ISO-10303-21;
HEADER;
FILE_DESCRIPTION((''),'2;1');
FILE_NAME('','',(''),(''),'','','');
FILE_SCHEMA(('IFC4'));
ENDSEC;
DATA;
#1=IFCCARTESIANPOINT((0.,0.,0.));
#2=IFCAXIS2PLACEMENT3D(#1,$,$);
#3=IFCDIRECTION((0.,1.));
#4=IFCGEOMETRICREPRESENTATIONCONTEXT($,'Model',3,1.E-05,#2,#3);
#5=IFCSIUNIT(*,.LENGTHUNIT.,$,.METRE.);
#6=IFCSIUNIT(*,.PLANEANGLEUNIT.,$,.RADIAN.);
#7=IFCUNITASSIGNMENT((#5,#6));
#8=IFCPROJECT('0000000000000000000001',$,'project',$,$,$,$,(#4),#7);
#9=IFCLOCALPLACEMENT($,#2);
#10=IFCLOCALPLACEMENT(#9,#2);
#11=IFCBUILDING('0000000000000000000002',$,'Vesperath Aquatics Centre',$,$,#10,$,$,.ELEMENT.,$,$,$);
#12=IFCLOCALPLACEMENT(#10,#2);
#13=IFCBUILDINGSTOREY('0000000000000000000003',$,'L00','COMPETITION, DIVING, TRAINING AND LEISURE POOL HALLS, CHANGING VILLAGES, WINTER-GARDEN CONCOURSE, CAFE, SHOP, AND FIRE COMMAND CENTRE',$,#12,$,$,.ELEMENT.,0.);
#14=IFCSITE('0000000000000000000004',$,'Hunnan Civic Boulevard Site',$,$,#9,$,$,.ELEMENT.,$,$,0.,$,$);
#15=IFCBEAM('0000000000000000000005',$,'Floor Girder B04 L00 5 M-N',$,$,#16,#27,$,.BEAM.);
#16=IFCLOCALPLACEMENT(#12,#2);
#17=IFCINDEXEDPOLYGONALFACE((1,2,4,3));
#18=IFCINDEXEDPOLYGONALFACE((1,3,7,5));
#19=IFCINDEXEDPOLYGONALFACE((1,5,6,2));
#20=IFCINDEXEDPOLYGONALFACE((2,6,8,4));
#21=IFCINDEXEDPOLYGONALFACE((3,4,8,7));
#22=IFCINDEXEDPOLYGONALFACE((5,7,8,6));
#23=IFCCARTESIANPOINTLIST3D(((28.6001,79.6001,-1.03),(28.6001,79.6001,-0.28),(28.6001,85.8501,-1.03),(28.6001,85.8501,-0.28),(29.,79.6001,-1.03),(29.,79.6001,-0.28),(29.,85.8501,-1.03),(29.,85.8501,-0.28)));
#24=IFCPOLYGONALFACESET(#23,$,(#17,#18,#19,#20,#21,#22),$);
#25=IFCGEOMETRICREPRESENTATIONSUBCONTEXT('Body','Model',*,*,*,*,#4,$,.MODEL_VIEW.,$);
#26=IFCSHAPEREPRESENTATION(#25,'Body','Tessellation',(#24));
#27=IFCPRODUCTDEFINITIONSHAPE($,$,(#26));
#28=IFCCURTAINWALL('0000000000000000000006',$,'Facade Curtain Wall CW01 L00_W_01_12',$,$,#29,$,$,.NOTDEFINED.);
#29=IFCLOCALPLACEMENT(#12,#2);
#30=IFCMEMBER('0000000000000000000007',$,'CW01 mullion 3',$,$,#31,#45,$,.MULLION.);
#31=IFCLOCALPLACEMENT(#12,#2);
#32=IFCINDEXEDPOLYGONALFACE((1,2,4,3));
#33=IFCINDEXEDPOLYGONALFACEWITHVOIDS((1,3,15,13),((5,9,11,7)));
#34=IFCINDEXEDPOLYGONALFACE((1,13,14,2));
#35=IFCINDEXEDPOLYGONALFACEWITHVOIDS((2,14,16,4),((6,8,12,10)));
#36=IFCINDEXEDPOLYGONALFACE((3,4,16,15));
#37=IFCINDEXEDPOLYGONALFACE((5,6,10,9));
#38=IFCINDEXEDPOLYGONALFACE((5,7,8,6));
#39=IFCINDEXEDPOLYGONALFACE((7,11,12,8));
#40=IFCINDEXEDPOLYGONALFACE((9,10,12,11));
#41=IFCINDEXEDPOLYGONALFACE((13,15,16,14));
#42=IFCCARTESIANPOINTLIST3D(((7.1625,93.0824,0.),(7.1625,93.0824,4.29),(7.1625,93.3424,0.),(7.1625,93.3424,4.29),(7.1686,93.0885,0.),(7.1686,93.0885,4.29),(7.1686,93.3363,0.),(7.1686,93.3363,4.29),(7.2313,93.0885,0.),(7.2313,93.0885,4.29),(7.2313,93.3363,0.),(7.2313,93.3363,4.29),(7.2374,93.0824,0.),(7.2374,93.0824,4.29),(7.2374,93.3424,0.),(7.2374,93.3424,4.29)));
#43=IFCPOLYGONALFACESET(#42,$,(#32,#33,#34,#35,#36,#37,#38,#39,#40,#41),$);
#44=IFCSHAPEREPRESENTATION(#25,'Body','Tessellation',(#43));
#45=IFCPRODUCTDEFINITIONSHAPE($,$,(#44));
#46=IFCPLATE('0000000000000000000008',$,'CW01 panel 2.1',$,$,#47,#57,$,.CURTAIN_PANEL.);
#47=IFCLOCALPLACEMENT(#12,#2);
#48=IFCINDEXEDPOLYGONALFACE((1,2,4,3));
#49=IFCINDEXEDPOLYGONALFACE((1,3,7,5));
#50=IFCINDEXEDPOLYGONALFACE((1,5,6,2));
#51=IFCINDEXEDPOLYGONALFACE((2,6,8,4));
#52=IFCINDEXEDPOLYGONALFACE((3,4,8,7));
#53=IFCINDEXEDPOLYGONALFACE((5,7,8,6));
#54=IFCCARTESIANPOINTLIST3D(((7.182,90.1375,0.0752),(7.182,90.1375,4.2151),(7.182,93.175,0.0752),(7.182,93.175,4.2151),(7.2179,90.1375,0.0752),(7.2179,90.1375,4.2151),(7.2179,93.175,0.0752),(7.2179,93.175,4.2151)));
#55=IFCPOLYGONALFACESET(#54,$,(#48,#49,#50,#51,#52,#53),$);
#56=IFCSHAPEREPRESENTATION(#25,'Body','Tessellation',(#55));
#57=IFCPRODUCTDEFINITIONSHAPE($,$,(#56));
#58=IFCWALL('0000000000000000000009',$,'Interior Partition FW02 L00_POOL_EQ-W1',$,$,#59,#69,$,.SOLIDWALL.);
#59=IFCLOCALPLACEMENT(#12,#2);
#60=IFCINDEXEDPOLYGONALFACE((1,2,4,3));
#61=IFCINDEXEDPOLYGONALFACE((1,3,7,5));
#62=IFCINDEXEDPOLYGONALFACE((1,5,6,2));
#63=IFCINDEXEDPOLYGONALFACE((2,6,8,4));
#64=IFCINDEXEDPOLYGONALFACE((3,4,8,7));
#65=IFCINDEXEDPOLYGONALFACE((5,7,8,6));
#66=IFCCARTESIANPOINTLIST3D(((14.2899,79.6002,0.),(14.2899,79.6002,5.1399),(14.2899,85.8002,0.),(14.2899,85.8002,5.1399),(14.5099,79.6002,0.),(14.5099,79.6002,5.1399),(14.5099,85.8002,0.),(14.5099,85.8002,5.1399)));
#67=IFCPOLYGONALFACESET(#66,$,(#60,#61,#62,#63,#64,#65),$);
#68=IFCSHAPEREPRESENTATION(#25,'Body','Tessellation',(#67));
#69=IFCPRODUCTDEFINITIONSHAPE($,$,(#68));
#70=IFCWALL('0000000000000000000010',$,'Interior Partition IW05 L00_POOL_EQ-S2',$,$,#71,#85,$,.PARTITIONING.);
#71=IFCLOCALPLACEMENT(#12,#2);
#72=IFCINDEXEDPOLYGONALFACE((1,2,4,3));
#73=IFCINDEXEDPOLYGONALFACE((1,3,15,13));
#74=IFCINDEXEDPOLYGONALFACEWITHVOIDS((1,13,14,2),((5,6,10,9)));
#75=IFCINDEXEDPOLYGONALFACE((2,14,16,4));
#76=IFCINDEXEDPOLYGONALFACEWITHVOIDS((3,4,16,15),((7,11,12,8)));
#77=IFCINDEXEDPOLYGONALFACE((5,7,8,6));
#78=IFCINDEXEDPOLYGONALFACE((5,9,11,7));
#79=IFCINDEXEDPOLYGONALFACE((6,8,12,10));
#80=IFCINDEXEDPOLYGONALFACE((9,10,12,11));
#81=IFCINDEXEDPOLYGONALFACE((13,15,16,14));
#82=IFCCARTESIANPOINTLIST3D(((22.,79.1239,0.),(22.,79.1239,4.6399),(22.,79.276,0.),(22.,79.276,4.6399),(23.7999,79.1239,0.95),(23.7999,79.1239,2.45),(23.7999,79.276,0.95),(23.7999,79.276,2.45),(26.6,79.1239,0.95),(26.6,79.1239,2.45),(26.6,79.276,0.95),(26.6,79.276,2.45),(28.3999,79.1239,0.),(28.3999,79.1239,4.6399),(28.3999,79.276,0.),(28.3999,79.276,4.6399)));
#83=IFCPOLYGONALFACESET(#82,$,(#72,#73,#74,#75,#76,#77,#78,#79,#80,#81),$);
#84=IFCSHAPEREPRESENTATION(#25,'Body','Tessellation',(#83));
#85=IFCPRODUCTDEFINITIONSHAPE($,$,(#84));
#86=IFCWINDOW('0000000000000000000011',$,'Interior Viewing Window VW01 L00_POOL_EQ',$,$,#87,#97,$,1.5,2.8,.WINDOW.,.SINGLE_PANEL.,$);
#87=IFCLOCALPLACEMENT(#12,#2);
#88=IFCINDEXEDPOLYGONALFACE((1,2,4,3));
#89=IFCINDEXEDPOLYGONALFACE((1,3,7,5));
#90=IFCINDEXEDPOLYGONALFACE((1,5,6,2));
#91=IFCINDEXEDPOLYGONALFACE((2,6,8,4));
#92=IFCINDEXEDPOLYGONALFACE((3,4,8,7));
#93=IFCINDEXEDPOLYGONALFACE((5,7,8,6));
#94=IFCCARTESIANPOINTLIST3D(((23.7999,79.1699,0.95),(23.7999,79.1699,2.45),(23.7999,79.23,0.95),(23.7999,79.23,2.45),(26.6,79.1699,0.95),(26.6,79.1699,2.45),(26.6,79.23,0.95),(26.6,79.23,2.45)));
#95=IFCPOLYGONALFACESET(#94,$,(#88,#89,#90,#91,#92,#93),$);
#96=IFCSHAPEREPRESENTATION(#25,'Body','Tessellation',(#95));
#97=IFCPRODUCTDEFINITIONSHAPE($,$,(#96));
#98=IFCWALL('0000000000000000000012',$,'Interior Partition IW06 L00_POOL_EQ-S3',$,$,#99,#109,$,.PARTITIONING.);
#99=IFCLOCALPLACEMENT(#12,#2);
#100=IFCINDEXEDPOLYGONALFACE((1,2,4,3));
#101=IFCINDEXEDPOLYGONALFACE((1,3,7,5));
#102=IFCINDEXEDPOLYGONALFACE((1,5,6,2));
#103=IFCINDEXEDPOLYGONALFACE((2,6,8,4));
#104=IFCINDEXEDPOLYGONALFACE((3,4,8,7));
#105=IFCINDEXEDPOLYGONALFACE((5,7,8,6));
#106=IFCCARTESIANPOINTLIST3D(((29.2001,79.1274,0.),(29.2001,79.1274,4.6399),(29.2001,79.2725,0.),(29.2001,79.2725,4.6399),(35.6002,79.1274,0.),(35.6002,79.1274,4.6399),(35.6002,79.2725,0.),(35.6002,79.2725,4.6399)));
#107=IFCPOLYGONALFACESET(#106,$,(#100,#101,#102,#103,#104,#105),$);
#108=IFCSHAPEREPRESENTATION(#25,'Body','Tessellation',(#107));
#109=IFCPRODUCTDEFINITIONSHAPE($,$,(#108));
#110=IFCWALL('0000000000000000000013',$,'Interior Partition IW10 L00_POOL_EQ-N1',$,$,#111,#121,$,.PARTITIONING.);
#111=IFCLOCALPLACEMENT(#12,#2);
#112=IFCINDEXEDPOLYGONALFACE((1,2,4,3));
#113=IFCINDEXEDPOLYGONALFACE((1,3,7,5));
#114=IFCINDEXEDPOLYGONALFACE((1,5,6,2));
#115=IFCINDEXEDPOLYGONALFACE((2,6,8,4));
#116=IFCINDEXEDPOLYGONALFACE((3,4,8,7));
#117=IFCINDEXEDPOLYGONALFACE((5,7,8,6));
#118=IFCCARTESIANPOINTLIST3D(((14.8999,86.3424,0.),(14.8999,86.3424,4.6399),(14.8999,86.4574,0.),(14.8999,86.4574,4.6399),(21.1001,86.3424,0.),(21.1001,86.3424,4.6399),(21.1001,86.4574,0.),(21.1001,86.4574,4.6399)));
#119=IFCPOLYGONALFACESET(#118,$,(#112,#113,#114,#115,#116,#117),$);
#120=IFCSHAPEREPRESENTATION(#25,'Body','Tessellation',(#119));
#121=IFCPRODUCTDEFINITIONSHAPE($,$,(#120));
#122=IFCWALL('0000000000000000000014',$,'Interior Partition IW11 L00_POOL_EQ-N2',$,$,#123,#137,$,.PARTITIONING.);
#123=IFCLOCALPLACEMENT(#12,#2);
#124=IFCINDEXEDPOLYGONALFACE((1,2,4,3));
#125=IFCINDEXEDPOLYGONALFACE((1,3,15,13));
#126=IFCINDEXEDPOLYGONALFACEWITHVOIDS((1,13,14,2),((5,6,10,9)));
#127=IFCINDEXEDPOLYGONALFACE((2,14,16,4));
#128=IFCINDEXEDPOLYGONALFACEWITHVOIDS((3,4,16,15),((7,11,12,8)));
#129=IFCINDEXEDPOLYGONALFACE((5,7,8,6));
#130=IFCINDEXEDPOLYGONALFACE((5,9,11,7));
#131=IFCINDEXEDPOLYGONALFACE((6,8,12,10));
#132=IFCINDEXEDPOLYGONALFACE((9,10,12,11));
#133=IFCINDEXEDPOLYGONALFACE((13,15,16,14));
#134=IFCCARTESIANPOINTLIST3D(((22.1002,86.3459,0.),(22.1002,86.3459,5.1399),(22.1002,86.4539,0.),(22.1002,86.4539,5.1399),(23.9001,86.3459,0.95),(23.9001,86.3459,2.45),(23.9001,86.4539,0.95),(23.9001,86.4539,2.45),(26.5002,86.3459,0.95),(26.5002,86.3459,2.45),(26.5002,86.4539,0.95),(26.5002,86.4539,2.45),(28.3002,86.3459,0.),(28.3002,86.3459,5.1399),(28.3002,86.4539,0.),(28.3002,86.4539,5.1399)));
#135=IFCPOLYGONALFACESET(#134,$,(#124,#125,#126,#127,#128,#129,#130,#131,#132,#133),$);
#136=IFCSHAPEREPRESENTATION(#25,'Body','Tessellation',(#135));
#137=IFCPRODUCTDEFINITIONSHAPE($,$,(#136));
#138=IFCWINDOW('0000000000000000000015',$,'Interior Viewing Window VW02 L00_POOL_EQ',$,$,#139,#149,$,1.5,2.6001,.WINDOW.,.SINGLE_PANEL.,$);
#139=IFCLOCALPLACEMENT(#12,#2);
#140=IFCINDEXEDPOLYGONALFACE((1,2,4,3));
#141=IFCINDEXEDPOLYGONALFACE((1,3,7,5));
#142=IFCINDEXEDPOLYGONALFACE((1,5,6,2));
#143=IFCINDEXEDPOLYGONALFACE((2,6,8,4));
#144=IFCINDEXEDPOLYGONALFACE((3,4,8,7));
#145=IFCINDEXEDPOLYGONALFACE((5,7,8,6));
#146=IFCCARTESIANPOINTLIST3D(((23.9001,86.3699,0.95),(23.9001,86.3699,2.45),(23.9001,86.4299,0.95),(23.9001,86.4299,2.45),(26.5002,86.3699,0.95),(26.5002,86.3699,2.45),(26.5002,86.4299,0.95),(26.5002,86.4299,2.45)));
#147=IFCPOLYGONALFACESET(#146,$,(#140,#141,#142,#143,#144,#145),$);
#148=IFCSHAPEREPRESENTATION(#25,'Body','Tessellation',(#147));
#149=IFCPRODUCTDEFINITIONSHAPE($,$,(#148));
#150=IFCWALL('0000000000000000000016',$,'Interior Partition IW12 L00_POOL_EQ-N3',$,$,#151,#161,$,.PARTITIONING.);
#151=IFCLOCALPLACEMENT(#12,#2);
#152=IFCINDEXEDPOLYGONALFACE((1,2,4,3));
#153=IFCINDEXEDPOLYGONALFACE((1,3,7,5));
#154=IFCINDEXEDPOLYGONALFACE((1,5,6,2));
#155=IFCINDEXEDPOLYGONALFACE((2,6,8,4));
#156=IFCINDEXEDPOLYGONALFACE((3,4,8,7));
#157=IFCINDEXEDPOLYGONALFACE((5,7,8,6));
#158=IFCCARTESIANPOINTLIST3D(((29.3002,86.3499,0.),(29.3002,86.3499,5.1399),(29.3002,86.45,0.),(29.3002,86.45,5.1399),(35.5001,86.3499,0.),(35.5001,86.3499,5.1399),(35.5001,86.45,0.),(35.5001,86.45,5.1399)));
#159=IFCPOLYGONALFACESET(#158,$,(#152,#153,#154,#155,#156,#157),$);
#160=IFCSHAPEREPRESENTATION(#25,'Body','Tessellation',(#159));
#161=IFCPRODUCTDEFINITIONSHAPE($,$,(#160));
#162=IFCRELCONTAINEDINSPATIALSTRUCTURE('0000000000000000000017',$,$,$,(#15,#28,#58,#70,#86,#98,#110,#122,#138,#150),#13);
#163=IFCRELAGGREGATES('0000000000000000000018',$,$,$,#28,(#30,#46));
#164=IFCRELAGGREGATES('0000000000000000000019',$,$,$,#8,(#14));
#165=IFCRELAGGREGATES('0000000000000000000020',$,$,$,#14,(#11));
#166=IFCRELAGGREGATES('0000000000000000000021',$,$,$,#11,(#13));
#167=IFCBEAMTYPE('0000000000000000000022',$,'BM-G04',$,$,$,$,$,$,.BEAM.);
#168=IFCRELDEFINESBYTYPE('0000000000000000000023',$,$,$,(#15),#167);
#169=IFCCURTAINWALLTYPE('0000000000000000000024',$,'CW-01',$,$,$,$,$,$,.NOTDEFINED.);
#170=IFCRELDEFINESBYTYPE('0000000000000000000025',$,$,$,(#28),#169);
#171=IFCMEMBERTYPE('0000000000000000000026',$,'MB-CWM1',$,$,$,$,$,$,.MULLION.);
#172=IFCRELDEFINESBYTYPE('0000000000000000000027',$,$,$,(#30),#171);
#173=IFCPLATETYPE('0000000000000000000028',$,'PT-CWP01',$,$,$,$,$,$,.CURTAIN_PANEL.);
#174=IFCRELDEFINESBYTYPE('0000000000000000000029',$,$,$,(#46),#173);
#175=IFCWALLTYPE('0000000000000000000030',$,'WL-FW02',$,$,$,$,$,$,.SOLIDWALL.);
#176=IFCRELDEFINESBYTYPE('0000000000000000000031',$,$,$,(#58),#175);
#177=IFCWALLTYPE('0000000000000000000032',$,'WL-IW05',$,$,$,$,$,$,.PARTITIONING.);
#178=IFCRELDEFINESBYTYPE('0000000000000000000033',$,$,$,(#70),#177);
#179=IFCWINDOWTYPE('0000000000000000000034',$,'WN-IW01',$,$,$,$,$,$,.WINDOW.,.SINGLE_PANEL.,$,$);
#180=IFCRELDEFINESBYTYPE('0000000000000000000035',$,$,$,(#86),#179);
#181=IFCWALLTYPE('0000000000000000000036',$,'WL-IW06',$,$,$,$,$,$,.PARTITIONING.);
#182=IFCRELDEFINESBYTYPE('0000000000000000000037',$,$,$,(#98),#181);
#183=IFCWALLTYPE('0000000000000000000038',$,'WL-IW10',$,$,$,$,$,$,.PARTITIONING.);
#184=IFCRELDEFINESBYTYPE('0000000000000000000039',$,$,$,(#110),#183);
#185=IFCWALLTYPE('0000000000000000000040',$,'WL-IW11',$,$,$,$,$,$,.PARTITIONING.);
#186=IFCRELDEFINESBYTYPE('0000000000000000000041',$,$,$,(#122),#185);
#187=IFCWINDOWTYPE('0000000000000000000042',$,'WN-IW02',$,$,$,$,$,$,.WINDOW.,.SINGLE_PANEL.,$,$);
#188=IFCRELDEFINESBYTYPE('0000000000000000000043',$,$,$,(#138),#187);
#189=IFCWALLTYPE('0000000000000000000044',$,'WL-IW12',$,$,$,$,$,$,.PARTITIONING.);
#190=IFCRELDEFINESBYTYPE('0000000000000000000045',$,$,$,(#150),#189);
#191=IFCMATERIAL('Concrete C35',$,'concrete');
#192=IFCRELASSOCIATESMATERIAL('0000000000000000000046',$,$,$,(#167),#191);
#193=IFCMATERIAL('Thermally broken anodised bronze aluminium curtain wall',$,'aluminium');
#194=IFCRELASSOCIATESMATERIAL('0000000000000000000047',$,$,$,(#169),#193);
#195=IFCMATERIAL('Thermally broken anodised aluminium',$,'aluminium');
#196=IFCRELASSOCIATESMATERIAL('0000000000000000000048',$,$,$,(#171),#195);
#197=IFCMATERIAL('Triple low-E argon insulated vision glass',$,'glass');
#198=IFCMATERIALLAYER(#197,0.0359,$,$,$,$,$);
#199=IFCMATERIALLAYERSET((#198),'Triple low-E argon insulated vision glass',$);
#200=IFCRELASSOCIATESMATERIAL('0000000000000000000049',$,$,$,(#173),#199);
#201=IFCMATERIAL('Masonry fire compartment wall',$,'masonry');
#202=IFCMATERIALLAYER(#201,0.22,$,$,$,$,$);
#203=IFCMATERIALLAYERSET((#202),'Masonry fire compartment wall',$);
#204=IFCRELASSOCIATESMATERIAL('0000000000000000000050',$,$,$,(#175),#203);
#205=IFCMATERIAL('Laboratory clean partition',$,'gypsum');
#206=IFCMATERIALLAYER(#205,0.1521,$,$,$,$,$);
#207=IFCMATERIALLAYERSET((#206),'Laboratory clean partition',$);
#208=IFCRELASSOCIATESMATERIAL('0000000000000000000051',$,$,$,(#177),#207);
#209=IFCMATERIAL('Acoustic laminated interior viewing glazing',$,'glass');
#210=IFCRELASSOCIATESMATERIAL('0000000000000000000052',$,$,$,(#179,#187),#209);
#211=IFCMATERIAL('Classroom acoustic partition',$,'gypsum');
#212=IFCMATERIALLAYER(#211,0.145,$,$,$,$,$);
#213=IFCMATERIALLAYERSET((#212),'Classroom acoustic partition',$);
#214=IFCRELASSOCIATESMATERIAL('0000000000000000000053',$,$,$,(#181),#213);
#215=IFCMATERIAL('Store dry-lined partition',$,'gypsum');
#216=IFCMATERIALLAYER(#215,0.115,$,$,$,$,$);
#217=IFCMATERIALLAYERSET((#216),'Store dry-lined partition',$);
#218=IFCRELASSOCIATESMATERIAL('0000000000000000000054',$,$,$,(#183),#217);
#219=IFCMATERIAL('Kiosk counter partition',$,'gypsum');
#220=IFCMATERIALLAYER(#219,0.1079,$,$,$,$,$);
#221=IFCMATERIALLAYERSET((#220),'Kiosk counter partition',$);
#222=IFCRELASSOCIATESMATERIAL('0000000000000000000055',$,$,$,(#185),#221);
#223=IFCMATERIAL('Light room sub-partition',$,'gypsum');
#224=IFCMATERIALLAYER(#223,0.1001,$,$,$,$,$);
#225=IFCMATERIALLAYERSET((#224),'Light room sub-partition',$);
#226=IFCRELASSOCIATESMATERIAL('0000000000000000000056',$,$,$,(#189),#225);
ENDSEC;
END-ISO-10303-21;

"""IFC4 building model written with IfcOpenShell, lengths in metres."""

from ifc_helpers import new_model, si_unit, direction, frame, frame_2d, origin, origin_2d, place, context, subcontext, project, spatial, rectangle, hollow_rectangle, extrude, material, layer, layer_set, material_profile, profile_set, type_object, element, fill, aggregate, save


model = new_model("IFC4")

# Units and contexts
model_context = context("Model", 3, precision=1e-05, world=origin(), true_north=direction((0.0, 1.0)))
body_context = subcontext(model_context, "Body", "Model", "MODEL_VIEW")
ifc_project = project(units=[si_unit("LENGTHUNIT", "METRE"), si_unit("PLANEANGLEUNIT", "RADIAN")], contexts=[model_context])

# Site, building, storey
site_placement = place(None, origin())
site = spatial("IfcSite", under=ifc_project, at=site_placement, Name="Hunnan Civic Boulevard Site", CompositionType="ELEMENT", RefElevation=0.0)
building_placement = place(site_placement, origin())
building = spatial("IfcBuilding", under=site, at=building_placement, Name="Vesperath Aquatics Centre", CompositionType="ELEMENT")
storey_placement = place(building_placement, origin())
storey = spatial("IfcBuildingStorey", under=building, at=storey_placement, Name="L00", Description="COMPETITION, DIVING, TRAINING AND LEISURE POOL HALLS, CHANGING VILLAGES, WINTER-GARDEN CONCOURSE, CAFE, SHOP, AND FIRE COMMAND CENTRE", CompositionType="ELEMENT", Elevation=0.0)

# Beam
ifc_material_1 = material(Name="Concrete C35", Category="concrete")
ifc_material_profile_1 = material_profile(ifc_material_1, rectangle(XDim=0.3999, YDim=0.75, at=origin_2d()), Name="RC 400x750")
ifc_profile_set_1 = profile_set([ifc_material_profile_1], Name="Concrete C35")
beam_type_1 = type_object("IfcBeamType", Name="BM-G04", PredefinedType="BEAM", material=ifc_profile_set_1)
for number, where, z_axis, x_axis, name in (
    (1, (28.8, 79.6001, -0.655), (0.0, 1.0, 0.0), (-1.0, 0.0, 0.0), "Floor Girder B04 L00 5 M-N"),
):
    element("IfcBeam", number, at=place(storey_placement, frame(where, z_axis=z_axis, x_axis=x_axis)), inside=storey, type_object=beam_type_1, Name=name, PredefinedType="BEAM", context=body_context, shape_type="SweptSolid", body=[
        extrude(rectangle(XDim=0.3999, YDim=0.75, at=origin_2d()), origin(), (0.0, 0.0, 1.0), 6.25),
    ])

# Curtain wall, member, plate
ifc_material_2 = material(Name="Thermally broken anodised bronze aluminium curtain wall", Category="aluminium")
curtain_wall_type = type_object("IfcCurtainWallType", Name="CW-01", PredefinedType="NOTDEFINED", material=ifc_material_2)
curtain_wall_placement = place(storey_placement, origin())
curtain_wall = element("IfcCurtainWall", 2, at=curtain_wall_placement, inside=storey, type_object=curtain_wall_type, Name="Facade Curtain Wall CW01 L00_W_01_12", PredefinedType="NOTDEFINED")
ifc_material_3 = material(Name="Thermally broken anodised aluminium", Category="aluminium")
ifc_material_profile_2 = material_profile(ifc_material_3, hollow_rectangle(XDim=0.075, YDim=0.26, WallThickness=0.0061, at=origin_2d()), Name="CWM 75x260x6")
ifc_profile_set_2 = profile_set([ifc_material_profile_2], Name="Thermally broken anodised aluminium")
member_type = type_object("IfcMemberType", Name="MB-CWM1", PredefinedType="MULLION", material=ifc_profile_set_2)
member_placement = place(storey_placement, frame((7.2, 93.2124, 0.0), z_axis=(0.0, 0.0, 1.0), x_axis=(-1.0, 0.0, 0.0)))
member = element("IfcMember", 3, at=member_placement, type_object=member_type, Name="CW01 mullion 3", PredefinedType="MULLION", context=body_context, shape_type="SweptSolid", body=[
    extrude(hollow_rectangle(XDim=0.075, YDim=0.26, WallThickness=0.0061, at=origin_2d()), origin(), (0.0, 0.0, 1.0), 4.29),
])
ifc_material_4 = material(Name="Triple low-E argon insulated vision glass", Category="glass")
ifc_layer_1 = layer(ifc_material_4, 0.0359)
ifc_layer_set_1 = layer_set([ifc_layer_1], Name="Triple low-E argon insulated vision glass")
plate_type = type_object("IfcPlateType", Name="PT-CWP01", PredefinedType="CURTAIN_PANEL", material=ifc_layer_set_1)
plate_placement = place(storey_placement, frame((7.2, 91.6562, 0.0752), z_axis=(0.0, 0.0, 1.0), x_axis=(0.0, 1.0, 0.0)))
plate = element("IfcPlate", 4, at=plate_placement, type_object=plate_type, Name="CW01 panel 2.1", PredefinedType="CURTAIN_PANEL", context=body_context, shape_type="SweptSolid", body=[
    extrude(rectangle(XDim=3.0376, YDim=0.0359, at=origin_2d()), origin(), (0.0, 0.0, 1.0), 4.1399),
])
aggregate(curtain_wall, [member, plate])

# Wall
ifc_material_5 = material(Name="Masonry fire compartment wall", Category="masonry")
ifc_layer_2 = layer(ifc_material_5, 0.22)
ifc_layer_set_2 = layer_set([ifc_layer_2], Name="Masonry fire compartment wall")
wall_type_1 = type_object("IfcWallType", Name="WL-FW02", PredefinedType="SOLIDWALL", material=ifc_layer_set_2)
wall_1_placement = place(storey_placement, frame((14.3999, 79.6001, 0.0), z_axis=(0.0, 0.0, 1.0), x_axis=(0.0, 1.0, 0.0)))
element("IfcWall", 5, at=wall_1_placement, inside=storey, type_object=wall_type_1, Name="Interior Partition FW02 L00_POOL_EQ-W1", PredefinedType="SOLIDWALL", context=body_context, shape_type="SweptSolid", body=[
    extrude(rectangle(XDim=6.2, YDim=0.22, at=frame_2d((3.1001, 0.0))), origin(), (0.0, 0.0, 1.0), 5.1399),
])

# Wall, opening, window
ifc_material_6 = material(Name="Laboratory clean partition", Category="gypsum")
ifc_layer_3 = layer(ifc_material_6, 0.1521)
ifc_layer_set_3 = layer_set([ifc_layer_3], Name="Laboratory clean partition")
wall_type_2 = type_object("IfcWallType", Name="WL-IW05", PredefinedType="PARTITIONING", material=ifc_layer_set_3)
wall_2_placement = place(storey_placement, frame((22.0, 79.2, 0.0), z_axis=(0.0, 0.0, 1.0), x_axis=(1.0, 0.0, 0.0)))
wall_2 = element("IfcWall", 6, at=wall_2_placement, inside=storey, type_object=wall_type_2, Name="Interior Partition IW05 L00_POOL_EQ-S2", PredefinedType="PARTITIONING", context=body_context, shape_type="SweptSolid", body=[
    extrude(rectangle(XDim=6.3999, YDim=0.1521, at=frame_2d((3.2, 0.0))), origin(), (0.0, 0.0, 1.0), 4.6399),
])
opening_1_placement = place(wall_2_placement, frame((1.8, 0.0, 0.95)))
opening_1 = element("IfcOpeningElement", 7, at=opening_1_placement, cuts=wall_2, PredefinedType="OPENING", context=body_context, shape_type="SweptSolid", body=[
    extrude(rectangle(XDim=2.8, YDim=1.5, at=frame_2d((1.3999, 0.75))), frame((0.0, 0.0908, 0.0), z_axis=(0.0, -1.0, 0.0), x_axis=(1.0, 0.0, 0.0)), (0.0, 0.0, 1.0), 0.1819),
])
ifc_material_7 = material(Name="Acoustic laminated interior viewing glazing", Category="glass")
window_type_1 = type_object("IfcWindowType", Name="WN-IW01", PartitioningType="SINGLE_PANEL", PredefinedType="WINDOW", material=ifc_material_7)
window_1_placement = place(opening_1_placement, origin())
window_1 = element("IfcWindow", 8, at=window_1_placement, inside=storey, type_object=window_type_1, Name="Interior Viewing Window VW01 L00_POOL_EQ", OverallHeight=1.5, OverallWidth=2.8, PartitioningType="SINGLE_PANEL", PredefinedType="WINDOW", context=body_context, shape_type="SweptSolid", body=[
    extrude(rectangle(XDim=2.8, YDim=1.5, at=frame_2d((1.3999, 0.75))), frame((0.0, 0.03, 0.0), z_axis=(0.0, -1.0, 0.0), x_axis=(1.0, 0.0, 0.0)), (0.0, 0.0, 1.0), 0.0601),
])
fill(opening_1, window_1)

# Walls
ifc_material_8 = material(Name="Classroom acoustic partition", Category="gypsum")
ifc_layer_4 = layer(ifc_material_8, 0.145)
ifc_layer_set_4 = layer_set([ifc_layer_4], Name="Classroom acoustic partition")
wall_type_3 = type_object("IfcWallType", Name="WL-IW06", PredefinedType="PARTITIONING", material=ifc_layer_set_4)
wall_3_placement = place(storey_placement, frame((29.2, 79.2, 0.0), z_axis=(0.0, 0.0, 1.0), x_axis=(1.0, 0.0, 0.0)))
element("IfcWall", 9, at=wall_3_placement, inside=storey, type_object=wall_type_3, Name="Interior Partition IW06 L00_POOL_EQ-S3", PredefinedType="PARTITIONING", context=body_context, shape_type="SweptSolid", body=[
    extrude(rectangle(XDim=6.4001, YDim=0.145, at=frame_2d((3.2002, 0.0))), origin(), (0.0, 0.0, 1.0), 4.6399),
])
ifc_material_9 = material(Name="Store dry-lined partition", Category="gypsum")
ifc_layer_5 = layer(ifc_material_9, 0.115)
ifc_layer_set_5 = layer_set([ifc_layer_5], Name="Store dry-lined partition")
wall_type_4 = type_object("IfcWallType", Name="WL-IW10", PredefinedType="PARTITIONING", material=ifc_layer_set_5)
wall_4_placement = place(storey_placement, frame((14.8999, 86.3999, 0.0), z_axis=(0.0, 0.0, 1.0), x_axis=(1.0, 0.0, 0.0)))
element("IfcWall", 10, at=wall_4_placement, inside=storey, type_object=wall_type_4, Name="Interior Partition IW10 L00_POOL_EQ-N1", PredefinedType="PARTITIONING", context=body_context, shape_type="SweptSolid", body=[
    extrude(rectangle(XDim=6.2002, YDim=0.115, at=frame_2d((3.1001, 0.0))), origin(), (0.0, 0.0, 1.0), 4.6399),
])

# Wall, opening, window
ifc_material_10 = material(Name="Kiosk counter partition", Category="gypsum")
ifc_layer_6 = layer(ifc_material_10, 0.1079)
ifc_layer_set_6 = layer_set([ifc_layer_6], Name="Kiosk counter partition")
wall_type_5 = type_object("IfcWallType", Name="WL-IW11", PredefinedType="PARTITIONING", material=ifc_layer_set_6)
wall_5_placement = place(storey_placement, frame((22.1001, 86.3999, 0.0), z_axis=(0.0, 0.0, 1.0), x_axis=(1.0, 0.0, 0.0)))
wall_5 = element("IfcWall", 11, at=wall_5_placement, inside=storey, type_object=wall_type_5, Name="Interior Partition IW11 L00_POOL_EQ-N2", PredefinedType="PARTITIONING", context=body_context, shape_type="SweptSolid", body=[
    extrude(rectangle(XDim=6.2, YDim=0.1079, at=frame_2d((3.1001, 0.0))), origin(), (0.0, 0.0, 1.0), 5.1399),
])
opening_2_placement = place(wall_5_placement, frame((1.8, 0.0, 0.95)))
opening_2 = element("IfcOpeningElement", 12, at=opening_2_placement, cuts=wall_5, PredefinedType="OPENING", context=body_context, shape_type="SweptSolid", body=[
    extrude(rectangle(XDim=2.6001, YDim=1.5, at=frame_2d((1.3, 0.75))), frame((0.0, 0.0688, 0.0), z_axis=(0.0, -1.0, 0.0), x_axis=(1.0, 0.0, 0.0)), (0.0, 0.0, 1.0), 0.1377),
])
window_type_2 = type_object("IfcWindowType", Name="WN-IW02", PartitioningType="SINGLE_PANEL", PredefinedType="WINDOW", material=ifc_material_7)
window_2_placement = place(opening_2_placement, origin())
window_2 = element("IfcWindow", 13, at=window_2_placement, inside=storey, type_object=window_type_2, Name="Interior Viewing Window VW02 L00_POOL_EQ", OverallHeight=1.5, OverallWidth=2.6001, PartitioningType="SINGLE_PANEL", PredefinedType="WINDOW", context=body_context, shape_type="SweptSolid", body=[
    extrude(rectangle(XDim=2.6001, YDim=1.5, at=frame_2d((1.3, 0.75))), frame((0.0, 0.03, 0.0), z_axis=(0.0, -1.0, 0.0), x_axis=(1.0, 0.0, 0.0)), (0.0, 0.0, 1.0), 0.0601),
])
fill(opening_2, window_2)

# Wall
ifc_material_11 = material(Name="Light room sub-partition", Category="gypsum")
ifc_layer_7 = layer(ifc_material_11, 0.1001)
ifc_layer_set_7 = layer_set([ifc_layer_7], Name="Light room sub-partition")
wall_type_6 = type_object("IfcWallType", Name="WL-IW12", PredefinedType="PARTITIONING", material=ifc_layer_set_7)
wall_6_placement = place(storey_placement, frame((29.3, 86.3999, 0.0), z_axis=(0.0, 0.0, 1.0), x_axis=(1.0, 0.0, 0.0)))
element("IfcWall", 14, at=wall_6_placement, inside=storey, type_object=wall_type_6, Name="Interior Partition IW12 L00_POOL_EQ-N3", PredefinedType="PARTITIONING", context=body_context, shape_type="SweptSolid", body=[
    extrude(rectangle(XDim=6.2, YDim=0.1001, at=frame_2d((3.1001, 0.0))), origin(), (0.0, 0.0, 1.0), 5.1399),
])

save(model, "model.ifc")
